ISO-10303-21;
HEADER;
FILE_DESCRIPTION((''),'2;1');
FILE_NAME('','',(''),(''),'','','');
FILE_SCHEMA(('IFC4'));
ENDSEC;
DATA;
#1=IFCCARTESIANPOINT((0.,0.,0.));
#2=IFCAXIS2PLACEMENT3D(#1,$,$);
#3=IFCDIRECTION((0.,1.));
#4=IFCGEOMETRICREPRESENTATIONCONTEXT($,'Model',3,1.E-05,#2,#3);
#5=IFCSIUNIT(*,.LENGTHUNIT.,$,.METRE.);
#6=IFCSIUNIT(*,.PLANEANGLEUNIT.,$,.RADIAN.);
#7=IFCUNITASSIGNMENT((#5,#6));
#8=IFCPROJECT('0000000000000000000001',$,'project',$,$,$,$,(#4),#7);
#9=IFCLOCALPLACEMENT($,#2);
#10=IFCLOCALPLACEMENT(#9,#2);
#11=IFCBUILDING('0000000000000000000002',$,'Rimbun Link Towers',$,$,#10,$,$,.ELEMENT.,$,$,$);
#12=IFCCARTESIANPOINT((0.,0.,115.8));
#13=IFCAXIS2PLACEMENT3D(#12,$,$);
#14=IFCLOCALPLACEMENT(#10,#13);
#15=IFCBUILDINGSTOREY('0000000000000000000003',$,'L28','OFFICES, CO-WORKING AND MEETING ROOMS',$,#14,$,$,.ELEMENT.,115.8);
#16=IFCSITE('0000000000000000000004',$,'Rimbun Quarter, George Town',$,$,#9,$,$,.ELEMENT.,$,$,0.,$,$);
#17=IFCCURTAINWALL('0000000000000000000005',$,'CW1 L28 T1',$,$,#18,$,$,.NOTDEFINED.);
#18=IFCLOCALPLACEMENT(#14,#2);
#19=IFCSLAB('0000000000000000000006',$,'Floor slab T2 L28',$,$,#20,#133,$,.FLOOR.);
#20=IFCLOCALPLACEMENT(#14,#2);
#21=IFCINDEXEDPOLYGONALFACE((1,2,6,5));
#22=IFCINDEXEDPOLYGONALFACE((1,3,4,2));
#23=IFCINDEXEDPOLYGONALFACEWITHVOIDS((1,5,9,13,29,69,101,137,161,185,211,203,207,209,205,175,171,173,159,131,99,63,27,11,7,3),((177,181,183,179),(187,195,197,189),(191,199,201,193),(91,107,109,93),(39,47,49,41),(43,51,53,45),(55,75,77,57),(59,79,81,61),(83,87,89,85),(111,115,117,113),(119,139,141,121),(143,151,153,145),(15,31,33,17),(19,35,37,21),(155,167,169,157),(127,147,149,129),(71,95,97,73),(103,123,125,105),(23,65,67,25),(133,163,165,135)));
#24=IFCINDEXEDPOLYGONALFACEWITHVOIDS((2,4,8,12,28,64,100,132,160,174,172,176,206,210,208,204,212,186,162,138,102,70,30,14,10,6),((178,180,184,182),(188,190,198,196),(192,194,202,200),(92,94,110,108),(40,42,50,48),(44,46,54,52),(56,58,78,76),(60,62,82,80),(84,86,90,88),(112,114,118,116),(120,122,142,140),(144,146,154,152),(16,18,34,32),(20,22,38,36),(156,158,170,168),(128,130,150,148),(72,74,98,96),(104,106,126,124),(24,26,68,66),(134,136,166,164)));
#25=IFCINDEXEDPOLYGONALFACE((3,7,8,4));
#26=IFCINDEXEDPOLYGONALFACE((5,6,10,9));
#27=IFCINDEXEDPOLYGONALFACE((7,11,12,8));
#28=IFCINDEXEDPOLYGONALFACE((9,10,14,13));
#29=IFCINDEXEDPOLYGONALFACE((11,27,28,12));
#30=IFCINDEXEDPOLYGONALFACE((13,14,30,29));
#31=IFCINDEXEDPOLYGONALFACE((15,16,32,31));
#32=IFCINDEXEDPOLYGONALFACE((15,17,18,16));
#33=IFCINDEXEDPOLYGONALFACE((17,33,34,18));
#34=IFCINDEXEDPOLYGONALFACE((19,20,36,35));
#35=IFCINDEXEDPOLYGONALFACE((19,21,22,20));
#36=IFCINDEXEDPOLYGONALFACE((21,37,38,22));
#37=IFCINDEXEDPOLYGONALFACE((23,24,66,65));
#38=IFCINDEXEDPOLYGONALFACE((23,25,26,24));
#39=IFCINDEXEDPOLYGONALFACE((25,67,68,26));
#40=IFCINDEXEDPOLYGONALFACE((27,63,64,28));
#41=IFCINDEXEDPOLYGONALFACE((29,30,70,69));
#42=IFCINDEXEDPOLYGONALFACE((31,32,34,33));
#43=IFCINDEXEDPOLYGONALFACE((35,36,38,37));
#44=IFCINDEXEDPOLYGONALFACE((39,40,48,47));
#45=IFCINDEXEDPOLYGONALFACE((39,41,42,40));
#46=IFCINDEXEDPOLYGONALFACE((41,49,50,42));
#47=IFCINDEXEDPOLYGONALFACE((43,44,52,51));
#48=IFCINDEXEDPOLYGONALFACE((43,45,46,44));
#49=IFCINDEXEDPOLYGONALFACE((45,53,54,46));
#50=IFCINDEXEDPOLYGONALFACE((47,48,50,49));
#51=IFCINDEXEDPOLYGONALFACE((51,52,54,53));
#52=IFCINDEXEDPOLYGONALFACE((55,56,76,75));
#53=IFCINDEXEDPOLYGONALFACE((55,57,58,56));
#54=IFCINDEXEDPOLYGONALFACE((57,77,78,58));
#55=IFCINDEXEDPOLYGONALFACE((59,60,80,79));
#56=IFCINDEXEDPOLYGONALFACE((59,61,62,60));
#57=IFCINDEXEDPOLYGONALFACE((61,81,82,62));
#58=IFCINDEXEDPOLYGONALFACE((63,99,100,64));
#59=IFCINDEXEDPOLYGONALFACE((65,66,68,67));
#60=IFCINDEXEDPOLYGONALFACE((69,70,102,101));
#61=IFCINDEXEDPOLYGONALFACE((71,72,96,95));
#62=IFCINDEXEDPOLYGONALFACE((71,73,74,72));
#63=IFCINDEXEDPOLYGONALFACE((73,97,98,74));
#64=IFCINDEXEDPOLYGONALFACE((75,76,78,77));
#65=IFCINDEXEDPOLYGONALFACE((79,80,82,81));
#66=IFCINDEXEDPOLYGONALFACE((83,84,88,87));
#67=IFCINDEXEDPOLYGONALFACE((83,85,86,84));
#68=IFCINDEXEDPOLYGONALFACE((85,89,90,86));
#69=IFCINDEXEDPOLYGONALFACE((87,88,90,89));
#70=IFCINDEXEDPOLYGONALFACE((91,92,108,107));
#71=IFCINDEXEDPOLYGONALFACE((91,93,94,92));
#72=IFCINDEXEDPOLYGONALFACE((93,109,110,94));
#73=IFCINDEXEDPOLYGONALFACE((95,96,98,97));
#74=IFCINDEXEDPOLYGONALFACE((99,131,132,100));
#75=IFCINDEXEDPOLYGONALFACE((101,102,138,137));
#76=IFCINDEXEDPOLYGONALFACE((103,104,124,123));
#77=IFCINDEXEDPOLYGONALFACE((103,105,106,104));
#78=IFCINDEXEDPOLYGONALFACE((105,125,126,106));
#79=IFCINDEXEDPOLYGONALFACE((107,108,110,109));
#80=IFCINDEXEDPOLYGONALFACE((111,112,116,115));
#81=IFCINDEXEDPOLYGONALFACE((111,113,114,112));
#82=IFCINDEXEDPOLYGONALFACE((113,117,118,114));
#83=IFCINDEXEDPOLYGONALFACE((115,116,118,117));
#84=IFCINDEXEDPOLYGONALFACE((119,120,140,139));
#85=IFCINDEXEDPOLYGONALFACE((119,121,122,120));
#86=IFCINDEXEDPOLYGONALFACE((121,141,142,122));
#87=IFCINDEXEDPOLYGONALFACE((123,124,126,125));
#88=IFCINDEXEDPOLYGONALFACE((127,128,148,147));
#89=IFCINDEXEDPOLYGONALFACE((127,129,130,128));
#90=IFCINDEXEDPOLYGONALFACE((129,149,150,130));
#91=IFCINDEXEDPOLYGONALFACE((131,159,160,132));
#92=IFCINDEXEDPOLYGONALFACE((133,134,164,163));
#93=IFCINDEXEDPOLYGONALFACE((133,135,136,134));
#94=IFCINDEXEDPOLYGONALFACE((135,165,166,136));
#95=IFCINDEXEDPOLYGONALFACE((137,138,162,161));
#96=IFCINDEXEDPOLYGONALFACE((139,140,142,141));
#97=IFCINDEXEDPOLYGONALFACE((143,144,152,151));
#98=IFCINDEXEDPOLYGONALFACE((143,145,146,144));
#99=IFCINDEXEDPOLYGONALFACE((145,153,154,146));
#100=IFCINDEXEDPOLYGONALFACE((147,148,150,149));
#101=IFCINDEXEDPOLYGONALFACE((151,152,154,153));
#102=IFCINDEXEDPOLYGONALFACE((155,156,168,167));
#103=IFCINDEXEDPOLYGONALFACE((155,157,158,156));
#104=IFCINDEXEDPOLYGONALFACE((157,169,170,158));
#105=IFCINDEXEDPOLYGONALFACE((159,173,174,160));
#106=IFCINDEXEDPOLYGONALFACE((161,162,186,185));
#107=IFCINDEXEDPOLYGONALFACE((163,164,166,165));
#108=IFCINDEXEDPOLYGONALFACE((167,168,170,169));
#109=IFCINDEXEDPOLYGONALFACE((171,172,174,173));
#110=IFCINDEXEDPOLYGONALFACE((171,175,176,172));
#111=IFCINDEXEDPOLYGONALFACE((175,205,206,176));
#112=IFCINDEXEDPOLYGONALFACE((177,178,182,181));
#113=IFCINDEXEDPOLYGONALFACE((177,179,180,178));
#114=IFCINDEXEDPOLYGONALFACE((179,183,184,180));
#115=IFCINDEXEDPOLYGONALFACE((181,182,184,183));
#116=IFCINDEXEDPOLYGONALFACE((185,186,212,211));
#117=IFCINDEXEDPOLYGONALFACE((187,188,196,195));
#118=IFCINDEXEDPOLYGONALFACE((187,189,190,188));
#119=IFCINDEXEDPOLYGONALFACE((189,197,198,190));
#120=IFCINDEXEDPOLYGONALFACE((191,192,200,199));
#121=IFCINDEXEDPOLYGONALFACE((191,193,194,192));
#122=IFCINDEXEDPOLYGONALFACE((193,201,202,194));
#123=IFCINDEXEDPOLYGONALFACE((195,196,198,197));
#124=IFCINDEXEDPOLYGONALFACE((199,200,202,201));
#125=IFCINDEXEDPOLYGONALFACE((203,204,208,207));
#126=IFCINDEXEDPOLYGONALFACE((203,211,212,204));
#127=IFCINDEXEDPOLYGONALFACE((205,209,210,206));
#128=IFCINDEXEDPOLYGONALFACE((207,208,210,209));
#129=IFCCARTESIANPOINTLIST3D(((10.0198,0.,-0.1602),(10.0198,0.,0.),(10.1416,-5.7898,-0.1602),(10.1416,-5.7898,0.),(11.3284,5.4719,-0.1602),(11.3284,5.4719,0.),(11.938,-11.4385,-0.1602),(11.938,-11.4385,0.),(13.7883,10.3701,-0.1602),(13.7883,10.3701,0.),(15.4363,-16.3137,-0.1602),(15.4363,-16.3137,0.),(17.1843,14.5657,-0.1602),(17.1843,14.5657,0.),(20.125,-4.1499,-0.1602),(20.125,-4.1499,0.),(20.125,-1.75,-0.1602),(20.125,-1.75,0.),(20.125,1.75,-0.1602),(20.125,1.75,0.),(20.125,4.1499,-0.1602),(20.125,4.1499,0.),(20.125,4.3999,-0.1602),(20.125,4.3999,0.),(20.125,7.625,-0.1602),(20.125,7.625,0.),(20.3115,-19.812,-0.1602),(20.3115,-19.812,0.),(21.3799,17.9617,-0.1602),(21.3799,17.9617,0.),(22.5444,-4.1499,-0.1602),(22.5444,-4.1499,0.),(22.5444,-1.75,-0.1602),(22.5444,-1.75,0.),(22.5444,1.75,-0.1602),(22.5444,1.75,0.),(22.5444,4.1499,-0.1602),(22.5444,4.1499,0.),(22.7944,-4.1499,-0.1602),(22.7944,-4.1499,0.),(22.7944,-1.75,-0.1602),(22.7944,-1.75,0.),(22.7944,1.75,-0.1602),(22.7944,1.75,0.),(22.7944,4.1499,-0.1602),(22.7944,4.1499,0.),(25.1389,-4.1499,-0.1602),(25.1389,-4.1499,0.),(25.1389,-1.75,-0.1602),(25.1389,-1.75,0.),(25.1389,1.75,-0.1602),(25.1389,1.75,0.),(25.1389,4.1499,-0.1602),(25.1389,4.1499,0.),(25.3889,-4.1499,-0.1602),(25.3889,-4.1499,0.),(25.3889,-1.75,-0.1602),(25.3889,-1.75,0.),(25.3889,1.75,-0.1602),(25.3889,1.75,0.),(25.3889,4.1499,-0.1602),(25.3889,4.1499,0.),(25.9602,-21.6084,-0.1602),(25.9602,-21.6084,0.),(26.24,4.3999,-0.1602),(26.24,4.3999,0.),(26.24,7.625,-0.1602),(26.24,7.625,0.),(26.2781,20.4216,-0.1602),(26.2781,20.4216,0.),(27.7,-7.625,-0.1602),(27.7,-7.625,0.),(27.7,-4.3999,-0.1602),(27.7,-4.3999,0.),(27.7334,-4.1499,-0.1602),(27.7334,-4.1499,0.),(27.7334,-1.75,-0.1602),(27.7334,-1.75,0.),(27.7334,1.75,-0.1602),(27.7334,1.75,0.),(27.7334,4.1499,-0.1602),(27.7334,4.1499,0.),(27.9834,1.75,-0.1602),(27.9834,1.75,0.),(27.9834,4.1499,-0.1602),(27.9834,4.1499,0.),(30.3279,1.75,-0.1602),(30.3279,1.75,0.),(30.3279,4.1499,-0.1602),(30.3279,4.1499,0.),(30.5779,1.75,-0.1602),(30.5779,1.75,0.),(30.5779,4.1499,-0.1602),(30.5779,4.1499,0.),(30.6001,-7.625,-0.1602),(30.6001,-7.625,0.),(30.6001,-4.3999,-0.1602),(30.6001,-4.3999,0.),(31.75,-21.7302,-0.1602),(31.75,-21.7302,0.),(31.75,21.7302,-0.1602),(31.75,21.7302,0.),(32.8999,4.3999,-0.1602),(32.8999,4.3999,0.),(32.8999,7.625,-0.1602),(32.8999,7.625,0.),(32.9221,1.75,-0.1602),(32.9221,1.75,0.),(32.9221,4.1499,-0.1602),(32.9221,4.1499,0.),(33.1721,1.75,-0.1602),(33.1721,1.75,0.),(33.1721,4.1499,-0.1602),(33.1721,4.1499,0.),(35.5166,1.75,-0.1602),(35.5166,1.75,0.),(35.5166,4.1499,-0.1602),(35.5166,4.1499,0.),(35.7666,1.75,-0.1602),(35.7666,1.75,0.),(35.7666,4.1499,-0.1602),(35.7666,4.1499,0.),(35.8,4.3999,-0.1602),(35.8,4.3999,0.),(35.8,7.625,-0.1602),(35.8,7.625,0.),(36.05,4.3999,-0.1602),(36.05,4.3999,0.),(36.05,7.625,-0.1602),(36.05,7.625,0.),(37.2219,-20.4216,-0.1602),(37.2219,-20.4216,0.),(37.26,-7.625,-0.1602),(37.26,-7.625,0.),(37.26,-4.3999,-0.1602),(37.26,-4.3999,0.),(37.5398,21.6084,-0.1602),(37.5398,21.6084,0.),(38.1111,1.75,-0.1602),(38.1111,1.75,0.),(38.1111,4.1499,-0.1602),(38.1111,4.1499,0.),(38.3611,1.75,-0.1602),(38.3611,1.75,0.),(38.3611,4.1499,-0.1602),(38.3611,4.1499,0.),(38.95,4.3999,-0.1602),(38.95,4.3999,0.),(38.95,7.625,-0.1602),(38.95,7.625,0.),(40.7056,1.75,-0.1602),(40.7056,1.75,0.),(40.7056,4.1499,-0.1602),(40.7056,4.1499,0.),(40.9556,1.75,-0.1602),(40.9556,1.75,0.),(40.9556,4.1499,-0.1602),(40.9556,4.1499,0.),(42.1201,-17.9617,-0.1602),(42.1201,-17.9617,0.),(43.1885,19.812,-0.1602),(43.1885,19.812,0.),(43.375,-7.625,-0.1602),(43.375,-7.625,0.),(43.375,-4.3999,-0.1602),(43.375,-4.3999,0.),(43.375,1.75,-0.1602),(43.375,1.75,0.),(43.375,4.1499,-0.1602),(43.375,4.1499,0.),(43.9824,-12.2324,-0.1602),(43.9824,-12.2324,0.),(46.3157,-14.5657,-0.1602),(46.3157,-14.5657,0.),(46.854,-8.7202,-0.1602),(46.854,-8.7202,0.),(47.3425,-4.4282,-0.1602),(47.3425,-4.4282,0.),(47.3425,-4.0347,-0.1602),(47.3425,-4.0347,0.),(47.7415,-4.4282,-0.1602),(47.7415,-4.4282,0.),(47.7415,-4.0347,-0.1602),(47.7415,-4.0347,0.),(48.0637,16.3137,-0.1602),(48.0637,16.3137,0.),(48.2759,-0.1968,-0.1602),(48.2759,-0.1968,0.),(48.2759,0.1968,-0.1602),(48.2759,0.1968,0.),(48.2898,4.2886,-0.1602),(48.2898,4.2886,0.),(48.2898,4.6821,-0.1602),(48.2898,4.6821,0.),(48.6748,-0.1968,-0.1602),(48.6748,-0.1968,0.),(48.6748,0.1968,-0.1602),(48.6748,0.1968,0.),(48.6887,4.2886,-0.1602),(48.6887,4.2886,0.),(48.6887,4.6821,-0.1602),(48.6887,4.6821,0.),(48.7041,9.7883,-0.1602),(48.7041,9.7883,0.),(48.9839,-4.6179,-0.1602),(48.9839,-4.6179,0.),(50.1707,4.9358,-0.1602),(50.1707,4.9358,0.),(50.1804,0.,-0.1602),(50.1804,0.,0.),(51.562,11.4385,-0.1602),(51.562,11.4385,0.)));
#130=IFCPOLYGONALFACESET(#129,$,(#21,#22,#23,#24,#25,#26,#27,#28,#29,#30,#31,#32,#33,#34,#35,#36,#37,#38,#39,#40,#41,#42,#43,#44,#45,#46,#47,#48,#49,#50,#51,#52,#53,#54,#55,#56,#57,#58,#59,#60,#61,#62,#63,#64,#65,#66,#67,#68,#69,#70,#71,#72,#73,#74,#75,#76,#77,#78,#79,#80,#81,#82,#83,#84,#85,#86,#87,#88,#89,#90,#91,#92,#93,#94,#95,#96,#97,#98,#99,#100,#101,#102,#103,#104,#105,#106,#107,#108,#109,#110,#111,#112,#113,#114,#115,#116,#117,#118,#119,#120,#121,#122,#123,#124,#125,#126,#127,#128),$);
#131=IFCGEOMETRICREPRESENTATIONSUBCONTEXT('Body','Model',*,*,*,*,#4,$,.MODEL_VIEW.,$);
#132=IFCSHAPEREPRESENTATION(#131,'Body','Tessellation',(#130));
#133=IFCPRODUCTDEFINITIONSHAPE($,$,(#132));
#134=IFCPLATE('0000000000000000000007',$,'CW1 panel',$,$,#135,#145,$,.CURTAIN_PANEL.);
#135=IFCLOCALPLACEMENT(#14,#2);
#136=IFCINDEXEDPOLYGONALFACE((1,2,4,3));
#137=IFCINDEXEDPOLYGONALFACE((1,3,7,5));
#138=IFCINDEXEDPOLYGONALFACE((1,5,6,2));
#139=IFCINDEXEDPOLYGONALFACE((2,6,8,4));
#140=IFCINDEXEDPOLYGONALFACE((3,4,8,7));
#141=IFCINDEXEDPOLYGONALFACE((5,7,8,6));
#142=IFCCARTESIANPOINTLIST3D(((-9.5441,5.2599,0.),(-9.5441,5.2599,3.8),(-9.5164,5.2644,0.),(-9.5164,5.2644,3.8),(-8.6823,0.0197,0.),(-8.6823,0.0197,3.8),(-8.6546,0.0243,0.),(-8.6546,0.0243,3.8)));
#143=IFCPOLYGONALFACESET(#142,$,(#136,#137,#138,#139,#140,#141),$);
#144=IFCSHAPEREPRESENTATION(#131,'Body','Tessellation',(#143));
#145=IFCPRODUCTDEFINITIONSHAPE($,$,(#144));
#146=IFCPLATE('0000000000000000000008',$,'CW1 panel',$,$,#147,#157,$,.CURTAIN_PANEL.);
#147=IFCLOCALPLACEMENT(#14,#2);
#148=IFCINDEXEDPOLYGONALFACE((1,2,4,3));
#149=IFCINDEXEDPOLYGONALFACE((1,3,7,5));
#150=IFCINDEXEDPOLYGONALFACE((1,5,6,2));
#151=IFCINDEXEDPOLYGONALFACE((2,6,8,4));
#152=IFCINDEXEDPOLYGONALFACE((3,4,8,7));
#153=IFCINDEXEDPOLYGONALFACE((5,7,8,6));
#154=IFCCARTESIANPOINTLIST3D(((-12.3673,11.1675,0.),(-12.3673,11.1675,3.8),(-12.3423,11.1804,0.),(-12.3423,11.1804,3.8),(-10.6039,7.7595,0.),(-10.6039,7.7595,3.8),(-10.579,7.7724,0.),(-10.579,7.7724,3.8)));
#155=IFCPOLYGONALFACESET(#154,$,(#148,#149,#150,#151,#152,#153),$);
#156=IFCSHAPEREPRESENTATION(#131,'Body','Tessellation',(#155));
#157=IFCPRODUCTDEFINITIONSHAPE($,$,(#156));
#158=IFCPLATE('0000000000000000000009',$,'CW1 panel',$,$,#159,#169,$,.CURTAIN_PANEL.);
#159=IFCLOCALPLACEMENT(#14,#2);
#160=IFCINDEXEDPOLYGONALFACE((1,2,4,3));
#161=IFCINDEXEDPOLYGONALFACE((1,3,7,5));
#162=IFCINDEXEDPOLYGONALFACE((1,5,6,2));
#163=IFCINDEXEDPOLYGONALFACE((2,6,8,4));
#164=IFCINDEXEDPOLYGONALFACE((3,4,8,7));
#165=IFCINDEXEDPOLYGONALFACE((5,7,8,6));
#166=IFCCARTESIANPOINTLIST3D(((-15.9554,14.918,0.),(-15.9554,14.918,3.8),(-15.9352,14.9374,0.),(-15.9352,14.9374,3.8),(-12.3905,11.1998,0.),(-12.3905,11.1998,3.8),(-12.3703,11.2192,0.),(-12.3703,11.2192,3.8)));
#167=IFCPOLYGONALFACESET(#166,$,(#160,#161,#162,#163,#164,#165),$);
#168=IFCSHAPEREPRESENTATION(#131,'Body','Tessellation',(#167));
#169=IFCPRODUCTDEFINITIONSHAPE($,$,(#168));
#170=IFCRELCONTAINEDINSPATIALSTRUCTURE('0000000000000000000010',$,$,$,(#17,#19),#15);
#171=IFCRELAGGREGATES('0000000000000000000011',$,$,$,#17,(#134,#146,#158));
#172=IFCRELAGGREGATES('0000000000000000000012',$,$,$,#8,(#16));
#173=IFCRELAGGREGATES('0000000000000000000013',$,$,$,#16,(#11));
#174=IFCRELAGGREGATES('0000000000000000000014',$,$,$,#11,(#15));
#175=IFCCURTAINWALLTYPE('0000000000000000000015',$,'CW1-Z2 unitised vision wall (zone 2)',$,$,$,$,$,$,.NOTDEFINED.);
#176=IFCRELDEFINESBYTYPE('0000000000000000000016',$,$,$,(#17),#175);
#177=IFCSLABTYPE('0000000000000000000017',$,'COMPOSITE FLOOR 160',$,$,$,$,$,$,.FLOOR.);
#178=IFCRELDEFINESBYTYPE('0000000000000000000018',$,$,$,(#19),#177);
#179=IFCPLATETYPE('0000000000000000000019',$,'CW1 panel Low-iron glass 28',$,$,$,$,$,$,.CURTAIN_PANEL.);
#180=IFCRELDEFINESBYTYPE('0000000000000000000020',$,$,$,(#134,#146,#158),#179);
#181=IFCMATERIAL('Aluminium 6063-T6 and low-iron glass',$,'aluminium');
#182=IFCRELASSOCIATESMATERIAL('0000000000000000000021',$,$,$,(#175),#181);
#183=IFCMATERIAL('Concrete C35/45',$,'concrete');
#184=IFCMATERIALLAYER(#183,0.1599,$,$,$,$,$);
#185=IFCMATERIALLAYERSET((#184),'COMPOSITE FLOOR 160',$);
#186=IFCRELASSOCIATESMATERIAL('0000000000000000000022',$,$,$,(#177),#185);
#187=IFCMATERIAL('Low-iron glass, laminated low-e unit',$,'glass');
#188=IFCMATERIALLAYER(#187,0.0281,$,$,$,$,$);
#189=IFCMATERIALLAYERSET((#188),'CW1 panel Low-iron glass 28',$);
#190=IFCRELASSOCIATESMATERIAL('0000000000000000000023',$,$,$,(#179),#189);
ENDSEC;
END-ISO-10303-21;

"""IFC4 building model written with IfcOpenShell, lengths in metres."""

from ifc_helpers import new_model, si_unit, direction, frame, origin, origin_2d, place, context, subcontext, project, spatial, polyline, rectangle, outline, extrude, material, layer, layer_set, type_object, element, aggregate, save


model = new_model("IFC4")

# Units and contexts
model_context = context("Model", 3, precision=1e-05, world=origin(), true_north=direction((0.0, 1.0)))
body_context = subcontext(model_context, "Body", "Model", "MODEL_VIEW")
ifc_project = project(units=[si_unit("LENGTHUNIT", "METRE"), si_unit("PLANEANGLEUNIT", "RADIAN")], contexts=[model_context])

# Site, building, storey
site_placement = place(None, origin())
site = spatial("IfcSite", under=ifc_project, at=site_placement, Name="Rimbun Quarter, George Town", CompositionType="ELEMENT", RefElevation=0.0)
building_placement = place(site_placement, origin())
building = spatial("IfcBuilding", under=site, at=building_placement, Name="Rimbun Link Towers", CompositionType="ELEMENT")
storey_placement = place(building_placement, frame((0.0, 0.0, 115.8)))
storey = spatial("IfcBuildingStorey", under=building, at=storey_placement, Name="L28", Description="OFFICES, CO-WORKING AND MEETING ROOMS", CompositionType="ELEMENT", Elevation=115.8)

# Curtain wall
ifc_material_1 = material(Name="Aluminium 6063-T6 and low-iron glass", Category="aluminium")
curtain_wall_type = type_object("IfcCurtainWallType", Name="CW1-Z2 unitised vision wall (zone 2)", PredefinedType="NOTDEFINED", material=ifc_material_1)
curtain_wall_placement = place(storey_placement, origin())
curtain_wall = element("IfcCurtainWall", 1, at=curtain_wall_placement, inside=storey, type_object=curtain_wall_type, Name="CW1 L28 T1", PredefinedType="NOTDEFINED")

# Slab
ifc_material_2 = material(Name="Concrete C35/45", Category="concrete")
ifc_layer_1 = layer(ifc_material_2, 0.1599)
ifc_layer_set_1 = layer_set([ifc_layer_1], Name="COMPOSITE FLOOR 160")
slab_type_1 = type_object("IfcSlabType", Name="COMPOSITE FLOOR 160", PredefinedType="FLOOR", material=ifc_layer_set_1)
slab_1_placement = place(storey_placement, frame((0.0, 0.0, -0.1602)))
element("IfcSlab", 2, at=slab_1_placement, inside=storey, type_object=slab_type_1, Name="Floor slab T2 L28", PredefinedType="FLOOR", context=body_context, shape_type="SweptSolid", body=[
    extrude(outline(polyline([(42.1201, -17.9617), (37.2219, -20.4216), (31.75, -21.7302), (25.9602, -21.6084), (20.3115, -19.812), (15.4363, -16.3137), (11.938, -11.4385), (10.1416, -5.7898), (10.0198, 0.0), (11.3284, 5.4719), (13.7883, 10.3701), (17.1843, 14.5657), (21.3799, 17.9617), (26.2781, 20.4216), (31.75, 21.7302), (37.5398, 21.6084), (43.1885, 19.812), (48.0637, 16.3137), (51.562, 11.4385), (48.7041, 9.7883), (50.1707, 4.9358), (50.1804, 0.0), (48.9839, -4.6179), (46.854, -8.7202), (43.9824, -12.2324), (46.3157, -14.5657), (42.1201, -17.9617)]), holes=[polyline([(30.6001, -7.625), (30.6001, -4.3999), (27.7, -4.3999), (27.7, -7.625), (30.6001, -7.625)]), polyline([(22.5444, -4.1499), (22.5444, -1.75), (20.125, -1.75), (20.125, -4.1499), (22.5444, -4.1499)]), polyline([(25.1389, -4.1499), (25.1389, -1.75), (22.7944, -1.75), (22.7944, -4.1499), (25.1389, -4.1499)]), polyline([(25.3889, -4.1499), (27.7334, -4.1499), (27.7334, -1.75), (25.3889, -1.75), (25.3889, -4.1499)]), polyline([(20.125, 1.75), (22.5444, 1.75), (22.5444, 4.1499), (20.125, 4.1499), (20.125, 1.75)]), polyline([(25.1389, 1.75), (25.1389, 4.1499), (22.7944, 4.1499), (22.7944, 1.75), (25.1389, 1.75)]), polyline([(27.7334, 1.75), (27.7334, 4.1499), (25.3889, 4.1499), (25.3889, 1.75), (27.7334, 1.75)]), polyline([(30.3279, 1.75), (30.3279, 4.1499), (27.9834, 4.1499), (27.9834, 1.75), (30.3279, 1.75)]), polyline([(30.5779, 1.75), (32.9221, 1.75), (32.9221, 4.1499), (30.5779, 4.1499), (30.5779, 1.75)]), polyline([(20.125, 4.3999), (26.24, 4.3999), (26.24, 7.625), (20.125, 7.625), (20.125, 4.3999)]), polyline([(43.375, -7.625), (43.375, -4.3999), (37.26, -4.3999), (37.26, -7.625), (43.375, -7.625)]), polyline([(47.7415, -4.4282), (47.7415, -4.0347), (47.3425, -4.0347), (47.3425, -4.4282), (47.7415, -4.4282)]), polyline([(48.6748, -0.1968), (48.6748, 0.1968), (48.2759, 0.1968), (48.2759, -0.1968), (48.6748, -0.1968)]), polyline([(33.1721, 1.75), (35.5166, 1.75), (35.5166, 4.1499), (33.1721, 4.1499), (33.1721, 1.75)]), polyline([(35.7666, 1.75), (38.1111, 1.75), (38.1111, 4.1499), (35.7666, 4.1499), (35.7666, 1.75)]), polyline([(40.7056, 1.75), (40.7056, 4.1499), (38.3611, 4.1499), (38.3611, 1.75), (40.7056, 1.75)]), polyline([(43.375, 1.75), (43.375, 4.1499), (40.9556, 4.1499), (40.9556, 1.75), (43.375, 1.75)]), polyline([(48.6887, 4.2886), (48.6887, 4.6821), (48.2898, 4.6821), (48.2898, 4.2886), (48.6887, 4.2886)]), polyline([(32.8999, 4.3999), (35.8, 4.3999), (35.8, 7.625), (32.8999, 7.625), (32.8999, 4.3999)]), polyline([(36.05, 4.3999), (38.95, 4.3999), (38.95, 7.625), (36.05, 7.625), (36.05, 4.3999)])]), origin(), (0.0, 0.0, 1.0), 0.1602),
])

# Plates
ifc_material_3 = material(Name="Low-iron glass, laminated low-e unit", Category="glass")
ifc_layer_2 = layer(ifc_material_3, 0.0281)
ifc_layer_set_2 = layer_set([ifc_layer_2], Name="CW1 panel Low-iron glass 28")
plate_type = type_object("IfcPlateType", Name="CW1 panel Low-iron glass 28", PredefinedType="CURTAIN_PANEL", material=ifc_layer_set_2)
plate_1_placement = place(storey_placement, frame((-9.0994, 2.6421, 0.0), z_axis=(0.0, 0.0, 1.0), x_axis=(0.162269, -0.986747, 0.0)))
plate_1 = element("IfcPlate", 3, at=plate_1_placement, type_object=plate_type, Name="CW1 panel", PredefinedType="CURTAIN_PANEL", context=body_context, shape_type="SweptSolid", body=[
    extrude(rectangle(XDim=5.3105, YDim=0.0281, at=origin_2d()), origin(), (0.0, 0.0, 1.0), 3.8),
])
plate_2_placement = place(storey_placement, frame((-11.4731, 9.47, 0.0), z_axis=(0.0, 0.0, 1.0), x_axis=(0.459541, -0.888157, 0.0)))
plate_2 = element("IfcPlate", 4, at=plate_2_placement, type_object=plate_type, Name="CW1 panel", PredefinedType="CURTAIN_PANEL", context=body_context, shape_type="SweptSolid", body=[
    extrude(rectangle(XDim=3.8372, YDim=0.0281, at=origin_2d()), origin(), (0.0, 0.0, 1.0), 3.8),
])
plate_3_placement = place(storey_placement, frame((-14.1628, 13.0686, 0.0), z_axis=(0.0, 0.0, 1.0), x_axis=(0.692065, -0.721835, 0.0)))
plate_3 = element("IfcPlate", 5, at=plate_3_placement, type_object=plate_type, Name="CW1 panel", PredefinedType="CURTAIN_PANEL", context=body_context, shape_type="SweptSolid", body=[
    extrude(rectangle(XDim=5.1511, YDim=0.0281, at=origin_2d()), origin(), (0.0, 0.0, 1.0), 3.8),
])
aggregate(curtain_wall, [plate_1, plate_2, plate_3])

save(model, "model.ifc")
